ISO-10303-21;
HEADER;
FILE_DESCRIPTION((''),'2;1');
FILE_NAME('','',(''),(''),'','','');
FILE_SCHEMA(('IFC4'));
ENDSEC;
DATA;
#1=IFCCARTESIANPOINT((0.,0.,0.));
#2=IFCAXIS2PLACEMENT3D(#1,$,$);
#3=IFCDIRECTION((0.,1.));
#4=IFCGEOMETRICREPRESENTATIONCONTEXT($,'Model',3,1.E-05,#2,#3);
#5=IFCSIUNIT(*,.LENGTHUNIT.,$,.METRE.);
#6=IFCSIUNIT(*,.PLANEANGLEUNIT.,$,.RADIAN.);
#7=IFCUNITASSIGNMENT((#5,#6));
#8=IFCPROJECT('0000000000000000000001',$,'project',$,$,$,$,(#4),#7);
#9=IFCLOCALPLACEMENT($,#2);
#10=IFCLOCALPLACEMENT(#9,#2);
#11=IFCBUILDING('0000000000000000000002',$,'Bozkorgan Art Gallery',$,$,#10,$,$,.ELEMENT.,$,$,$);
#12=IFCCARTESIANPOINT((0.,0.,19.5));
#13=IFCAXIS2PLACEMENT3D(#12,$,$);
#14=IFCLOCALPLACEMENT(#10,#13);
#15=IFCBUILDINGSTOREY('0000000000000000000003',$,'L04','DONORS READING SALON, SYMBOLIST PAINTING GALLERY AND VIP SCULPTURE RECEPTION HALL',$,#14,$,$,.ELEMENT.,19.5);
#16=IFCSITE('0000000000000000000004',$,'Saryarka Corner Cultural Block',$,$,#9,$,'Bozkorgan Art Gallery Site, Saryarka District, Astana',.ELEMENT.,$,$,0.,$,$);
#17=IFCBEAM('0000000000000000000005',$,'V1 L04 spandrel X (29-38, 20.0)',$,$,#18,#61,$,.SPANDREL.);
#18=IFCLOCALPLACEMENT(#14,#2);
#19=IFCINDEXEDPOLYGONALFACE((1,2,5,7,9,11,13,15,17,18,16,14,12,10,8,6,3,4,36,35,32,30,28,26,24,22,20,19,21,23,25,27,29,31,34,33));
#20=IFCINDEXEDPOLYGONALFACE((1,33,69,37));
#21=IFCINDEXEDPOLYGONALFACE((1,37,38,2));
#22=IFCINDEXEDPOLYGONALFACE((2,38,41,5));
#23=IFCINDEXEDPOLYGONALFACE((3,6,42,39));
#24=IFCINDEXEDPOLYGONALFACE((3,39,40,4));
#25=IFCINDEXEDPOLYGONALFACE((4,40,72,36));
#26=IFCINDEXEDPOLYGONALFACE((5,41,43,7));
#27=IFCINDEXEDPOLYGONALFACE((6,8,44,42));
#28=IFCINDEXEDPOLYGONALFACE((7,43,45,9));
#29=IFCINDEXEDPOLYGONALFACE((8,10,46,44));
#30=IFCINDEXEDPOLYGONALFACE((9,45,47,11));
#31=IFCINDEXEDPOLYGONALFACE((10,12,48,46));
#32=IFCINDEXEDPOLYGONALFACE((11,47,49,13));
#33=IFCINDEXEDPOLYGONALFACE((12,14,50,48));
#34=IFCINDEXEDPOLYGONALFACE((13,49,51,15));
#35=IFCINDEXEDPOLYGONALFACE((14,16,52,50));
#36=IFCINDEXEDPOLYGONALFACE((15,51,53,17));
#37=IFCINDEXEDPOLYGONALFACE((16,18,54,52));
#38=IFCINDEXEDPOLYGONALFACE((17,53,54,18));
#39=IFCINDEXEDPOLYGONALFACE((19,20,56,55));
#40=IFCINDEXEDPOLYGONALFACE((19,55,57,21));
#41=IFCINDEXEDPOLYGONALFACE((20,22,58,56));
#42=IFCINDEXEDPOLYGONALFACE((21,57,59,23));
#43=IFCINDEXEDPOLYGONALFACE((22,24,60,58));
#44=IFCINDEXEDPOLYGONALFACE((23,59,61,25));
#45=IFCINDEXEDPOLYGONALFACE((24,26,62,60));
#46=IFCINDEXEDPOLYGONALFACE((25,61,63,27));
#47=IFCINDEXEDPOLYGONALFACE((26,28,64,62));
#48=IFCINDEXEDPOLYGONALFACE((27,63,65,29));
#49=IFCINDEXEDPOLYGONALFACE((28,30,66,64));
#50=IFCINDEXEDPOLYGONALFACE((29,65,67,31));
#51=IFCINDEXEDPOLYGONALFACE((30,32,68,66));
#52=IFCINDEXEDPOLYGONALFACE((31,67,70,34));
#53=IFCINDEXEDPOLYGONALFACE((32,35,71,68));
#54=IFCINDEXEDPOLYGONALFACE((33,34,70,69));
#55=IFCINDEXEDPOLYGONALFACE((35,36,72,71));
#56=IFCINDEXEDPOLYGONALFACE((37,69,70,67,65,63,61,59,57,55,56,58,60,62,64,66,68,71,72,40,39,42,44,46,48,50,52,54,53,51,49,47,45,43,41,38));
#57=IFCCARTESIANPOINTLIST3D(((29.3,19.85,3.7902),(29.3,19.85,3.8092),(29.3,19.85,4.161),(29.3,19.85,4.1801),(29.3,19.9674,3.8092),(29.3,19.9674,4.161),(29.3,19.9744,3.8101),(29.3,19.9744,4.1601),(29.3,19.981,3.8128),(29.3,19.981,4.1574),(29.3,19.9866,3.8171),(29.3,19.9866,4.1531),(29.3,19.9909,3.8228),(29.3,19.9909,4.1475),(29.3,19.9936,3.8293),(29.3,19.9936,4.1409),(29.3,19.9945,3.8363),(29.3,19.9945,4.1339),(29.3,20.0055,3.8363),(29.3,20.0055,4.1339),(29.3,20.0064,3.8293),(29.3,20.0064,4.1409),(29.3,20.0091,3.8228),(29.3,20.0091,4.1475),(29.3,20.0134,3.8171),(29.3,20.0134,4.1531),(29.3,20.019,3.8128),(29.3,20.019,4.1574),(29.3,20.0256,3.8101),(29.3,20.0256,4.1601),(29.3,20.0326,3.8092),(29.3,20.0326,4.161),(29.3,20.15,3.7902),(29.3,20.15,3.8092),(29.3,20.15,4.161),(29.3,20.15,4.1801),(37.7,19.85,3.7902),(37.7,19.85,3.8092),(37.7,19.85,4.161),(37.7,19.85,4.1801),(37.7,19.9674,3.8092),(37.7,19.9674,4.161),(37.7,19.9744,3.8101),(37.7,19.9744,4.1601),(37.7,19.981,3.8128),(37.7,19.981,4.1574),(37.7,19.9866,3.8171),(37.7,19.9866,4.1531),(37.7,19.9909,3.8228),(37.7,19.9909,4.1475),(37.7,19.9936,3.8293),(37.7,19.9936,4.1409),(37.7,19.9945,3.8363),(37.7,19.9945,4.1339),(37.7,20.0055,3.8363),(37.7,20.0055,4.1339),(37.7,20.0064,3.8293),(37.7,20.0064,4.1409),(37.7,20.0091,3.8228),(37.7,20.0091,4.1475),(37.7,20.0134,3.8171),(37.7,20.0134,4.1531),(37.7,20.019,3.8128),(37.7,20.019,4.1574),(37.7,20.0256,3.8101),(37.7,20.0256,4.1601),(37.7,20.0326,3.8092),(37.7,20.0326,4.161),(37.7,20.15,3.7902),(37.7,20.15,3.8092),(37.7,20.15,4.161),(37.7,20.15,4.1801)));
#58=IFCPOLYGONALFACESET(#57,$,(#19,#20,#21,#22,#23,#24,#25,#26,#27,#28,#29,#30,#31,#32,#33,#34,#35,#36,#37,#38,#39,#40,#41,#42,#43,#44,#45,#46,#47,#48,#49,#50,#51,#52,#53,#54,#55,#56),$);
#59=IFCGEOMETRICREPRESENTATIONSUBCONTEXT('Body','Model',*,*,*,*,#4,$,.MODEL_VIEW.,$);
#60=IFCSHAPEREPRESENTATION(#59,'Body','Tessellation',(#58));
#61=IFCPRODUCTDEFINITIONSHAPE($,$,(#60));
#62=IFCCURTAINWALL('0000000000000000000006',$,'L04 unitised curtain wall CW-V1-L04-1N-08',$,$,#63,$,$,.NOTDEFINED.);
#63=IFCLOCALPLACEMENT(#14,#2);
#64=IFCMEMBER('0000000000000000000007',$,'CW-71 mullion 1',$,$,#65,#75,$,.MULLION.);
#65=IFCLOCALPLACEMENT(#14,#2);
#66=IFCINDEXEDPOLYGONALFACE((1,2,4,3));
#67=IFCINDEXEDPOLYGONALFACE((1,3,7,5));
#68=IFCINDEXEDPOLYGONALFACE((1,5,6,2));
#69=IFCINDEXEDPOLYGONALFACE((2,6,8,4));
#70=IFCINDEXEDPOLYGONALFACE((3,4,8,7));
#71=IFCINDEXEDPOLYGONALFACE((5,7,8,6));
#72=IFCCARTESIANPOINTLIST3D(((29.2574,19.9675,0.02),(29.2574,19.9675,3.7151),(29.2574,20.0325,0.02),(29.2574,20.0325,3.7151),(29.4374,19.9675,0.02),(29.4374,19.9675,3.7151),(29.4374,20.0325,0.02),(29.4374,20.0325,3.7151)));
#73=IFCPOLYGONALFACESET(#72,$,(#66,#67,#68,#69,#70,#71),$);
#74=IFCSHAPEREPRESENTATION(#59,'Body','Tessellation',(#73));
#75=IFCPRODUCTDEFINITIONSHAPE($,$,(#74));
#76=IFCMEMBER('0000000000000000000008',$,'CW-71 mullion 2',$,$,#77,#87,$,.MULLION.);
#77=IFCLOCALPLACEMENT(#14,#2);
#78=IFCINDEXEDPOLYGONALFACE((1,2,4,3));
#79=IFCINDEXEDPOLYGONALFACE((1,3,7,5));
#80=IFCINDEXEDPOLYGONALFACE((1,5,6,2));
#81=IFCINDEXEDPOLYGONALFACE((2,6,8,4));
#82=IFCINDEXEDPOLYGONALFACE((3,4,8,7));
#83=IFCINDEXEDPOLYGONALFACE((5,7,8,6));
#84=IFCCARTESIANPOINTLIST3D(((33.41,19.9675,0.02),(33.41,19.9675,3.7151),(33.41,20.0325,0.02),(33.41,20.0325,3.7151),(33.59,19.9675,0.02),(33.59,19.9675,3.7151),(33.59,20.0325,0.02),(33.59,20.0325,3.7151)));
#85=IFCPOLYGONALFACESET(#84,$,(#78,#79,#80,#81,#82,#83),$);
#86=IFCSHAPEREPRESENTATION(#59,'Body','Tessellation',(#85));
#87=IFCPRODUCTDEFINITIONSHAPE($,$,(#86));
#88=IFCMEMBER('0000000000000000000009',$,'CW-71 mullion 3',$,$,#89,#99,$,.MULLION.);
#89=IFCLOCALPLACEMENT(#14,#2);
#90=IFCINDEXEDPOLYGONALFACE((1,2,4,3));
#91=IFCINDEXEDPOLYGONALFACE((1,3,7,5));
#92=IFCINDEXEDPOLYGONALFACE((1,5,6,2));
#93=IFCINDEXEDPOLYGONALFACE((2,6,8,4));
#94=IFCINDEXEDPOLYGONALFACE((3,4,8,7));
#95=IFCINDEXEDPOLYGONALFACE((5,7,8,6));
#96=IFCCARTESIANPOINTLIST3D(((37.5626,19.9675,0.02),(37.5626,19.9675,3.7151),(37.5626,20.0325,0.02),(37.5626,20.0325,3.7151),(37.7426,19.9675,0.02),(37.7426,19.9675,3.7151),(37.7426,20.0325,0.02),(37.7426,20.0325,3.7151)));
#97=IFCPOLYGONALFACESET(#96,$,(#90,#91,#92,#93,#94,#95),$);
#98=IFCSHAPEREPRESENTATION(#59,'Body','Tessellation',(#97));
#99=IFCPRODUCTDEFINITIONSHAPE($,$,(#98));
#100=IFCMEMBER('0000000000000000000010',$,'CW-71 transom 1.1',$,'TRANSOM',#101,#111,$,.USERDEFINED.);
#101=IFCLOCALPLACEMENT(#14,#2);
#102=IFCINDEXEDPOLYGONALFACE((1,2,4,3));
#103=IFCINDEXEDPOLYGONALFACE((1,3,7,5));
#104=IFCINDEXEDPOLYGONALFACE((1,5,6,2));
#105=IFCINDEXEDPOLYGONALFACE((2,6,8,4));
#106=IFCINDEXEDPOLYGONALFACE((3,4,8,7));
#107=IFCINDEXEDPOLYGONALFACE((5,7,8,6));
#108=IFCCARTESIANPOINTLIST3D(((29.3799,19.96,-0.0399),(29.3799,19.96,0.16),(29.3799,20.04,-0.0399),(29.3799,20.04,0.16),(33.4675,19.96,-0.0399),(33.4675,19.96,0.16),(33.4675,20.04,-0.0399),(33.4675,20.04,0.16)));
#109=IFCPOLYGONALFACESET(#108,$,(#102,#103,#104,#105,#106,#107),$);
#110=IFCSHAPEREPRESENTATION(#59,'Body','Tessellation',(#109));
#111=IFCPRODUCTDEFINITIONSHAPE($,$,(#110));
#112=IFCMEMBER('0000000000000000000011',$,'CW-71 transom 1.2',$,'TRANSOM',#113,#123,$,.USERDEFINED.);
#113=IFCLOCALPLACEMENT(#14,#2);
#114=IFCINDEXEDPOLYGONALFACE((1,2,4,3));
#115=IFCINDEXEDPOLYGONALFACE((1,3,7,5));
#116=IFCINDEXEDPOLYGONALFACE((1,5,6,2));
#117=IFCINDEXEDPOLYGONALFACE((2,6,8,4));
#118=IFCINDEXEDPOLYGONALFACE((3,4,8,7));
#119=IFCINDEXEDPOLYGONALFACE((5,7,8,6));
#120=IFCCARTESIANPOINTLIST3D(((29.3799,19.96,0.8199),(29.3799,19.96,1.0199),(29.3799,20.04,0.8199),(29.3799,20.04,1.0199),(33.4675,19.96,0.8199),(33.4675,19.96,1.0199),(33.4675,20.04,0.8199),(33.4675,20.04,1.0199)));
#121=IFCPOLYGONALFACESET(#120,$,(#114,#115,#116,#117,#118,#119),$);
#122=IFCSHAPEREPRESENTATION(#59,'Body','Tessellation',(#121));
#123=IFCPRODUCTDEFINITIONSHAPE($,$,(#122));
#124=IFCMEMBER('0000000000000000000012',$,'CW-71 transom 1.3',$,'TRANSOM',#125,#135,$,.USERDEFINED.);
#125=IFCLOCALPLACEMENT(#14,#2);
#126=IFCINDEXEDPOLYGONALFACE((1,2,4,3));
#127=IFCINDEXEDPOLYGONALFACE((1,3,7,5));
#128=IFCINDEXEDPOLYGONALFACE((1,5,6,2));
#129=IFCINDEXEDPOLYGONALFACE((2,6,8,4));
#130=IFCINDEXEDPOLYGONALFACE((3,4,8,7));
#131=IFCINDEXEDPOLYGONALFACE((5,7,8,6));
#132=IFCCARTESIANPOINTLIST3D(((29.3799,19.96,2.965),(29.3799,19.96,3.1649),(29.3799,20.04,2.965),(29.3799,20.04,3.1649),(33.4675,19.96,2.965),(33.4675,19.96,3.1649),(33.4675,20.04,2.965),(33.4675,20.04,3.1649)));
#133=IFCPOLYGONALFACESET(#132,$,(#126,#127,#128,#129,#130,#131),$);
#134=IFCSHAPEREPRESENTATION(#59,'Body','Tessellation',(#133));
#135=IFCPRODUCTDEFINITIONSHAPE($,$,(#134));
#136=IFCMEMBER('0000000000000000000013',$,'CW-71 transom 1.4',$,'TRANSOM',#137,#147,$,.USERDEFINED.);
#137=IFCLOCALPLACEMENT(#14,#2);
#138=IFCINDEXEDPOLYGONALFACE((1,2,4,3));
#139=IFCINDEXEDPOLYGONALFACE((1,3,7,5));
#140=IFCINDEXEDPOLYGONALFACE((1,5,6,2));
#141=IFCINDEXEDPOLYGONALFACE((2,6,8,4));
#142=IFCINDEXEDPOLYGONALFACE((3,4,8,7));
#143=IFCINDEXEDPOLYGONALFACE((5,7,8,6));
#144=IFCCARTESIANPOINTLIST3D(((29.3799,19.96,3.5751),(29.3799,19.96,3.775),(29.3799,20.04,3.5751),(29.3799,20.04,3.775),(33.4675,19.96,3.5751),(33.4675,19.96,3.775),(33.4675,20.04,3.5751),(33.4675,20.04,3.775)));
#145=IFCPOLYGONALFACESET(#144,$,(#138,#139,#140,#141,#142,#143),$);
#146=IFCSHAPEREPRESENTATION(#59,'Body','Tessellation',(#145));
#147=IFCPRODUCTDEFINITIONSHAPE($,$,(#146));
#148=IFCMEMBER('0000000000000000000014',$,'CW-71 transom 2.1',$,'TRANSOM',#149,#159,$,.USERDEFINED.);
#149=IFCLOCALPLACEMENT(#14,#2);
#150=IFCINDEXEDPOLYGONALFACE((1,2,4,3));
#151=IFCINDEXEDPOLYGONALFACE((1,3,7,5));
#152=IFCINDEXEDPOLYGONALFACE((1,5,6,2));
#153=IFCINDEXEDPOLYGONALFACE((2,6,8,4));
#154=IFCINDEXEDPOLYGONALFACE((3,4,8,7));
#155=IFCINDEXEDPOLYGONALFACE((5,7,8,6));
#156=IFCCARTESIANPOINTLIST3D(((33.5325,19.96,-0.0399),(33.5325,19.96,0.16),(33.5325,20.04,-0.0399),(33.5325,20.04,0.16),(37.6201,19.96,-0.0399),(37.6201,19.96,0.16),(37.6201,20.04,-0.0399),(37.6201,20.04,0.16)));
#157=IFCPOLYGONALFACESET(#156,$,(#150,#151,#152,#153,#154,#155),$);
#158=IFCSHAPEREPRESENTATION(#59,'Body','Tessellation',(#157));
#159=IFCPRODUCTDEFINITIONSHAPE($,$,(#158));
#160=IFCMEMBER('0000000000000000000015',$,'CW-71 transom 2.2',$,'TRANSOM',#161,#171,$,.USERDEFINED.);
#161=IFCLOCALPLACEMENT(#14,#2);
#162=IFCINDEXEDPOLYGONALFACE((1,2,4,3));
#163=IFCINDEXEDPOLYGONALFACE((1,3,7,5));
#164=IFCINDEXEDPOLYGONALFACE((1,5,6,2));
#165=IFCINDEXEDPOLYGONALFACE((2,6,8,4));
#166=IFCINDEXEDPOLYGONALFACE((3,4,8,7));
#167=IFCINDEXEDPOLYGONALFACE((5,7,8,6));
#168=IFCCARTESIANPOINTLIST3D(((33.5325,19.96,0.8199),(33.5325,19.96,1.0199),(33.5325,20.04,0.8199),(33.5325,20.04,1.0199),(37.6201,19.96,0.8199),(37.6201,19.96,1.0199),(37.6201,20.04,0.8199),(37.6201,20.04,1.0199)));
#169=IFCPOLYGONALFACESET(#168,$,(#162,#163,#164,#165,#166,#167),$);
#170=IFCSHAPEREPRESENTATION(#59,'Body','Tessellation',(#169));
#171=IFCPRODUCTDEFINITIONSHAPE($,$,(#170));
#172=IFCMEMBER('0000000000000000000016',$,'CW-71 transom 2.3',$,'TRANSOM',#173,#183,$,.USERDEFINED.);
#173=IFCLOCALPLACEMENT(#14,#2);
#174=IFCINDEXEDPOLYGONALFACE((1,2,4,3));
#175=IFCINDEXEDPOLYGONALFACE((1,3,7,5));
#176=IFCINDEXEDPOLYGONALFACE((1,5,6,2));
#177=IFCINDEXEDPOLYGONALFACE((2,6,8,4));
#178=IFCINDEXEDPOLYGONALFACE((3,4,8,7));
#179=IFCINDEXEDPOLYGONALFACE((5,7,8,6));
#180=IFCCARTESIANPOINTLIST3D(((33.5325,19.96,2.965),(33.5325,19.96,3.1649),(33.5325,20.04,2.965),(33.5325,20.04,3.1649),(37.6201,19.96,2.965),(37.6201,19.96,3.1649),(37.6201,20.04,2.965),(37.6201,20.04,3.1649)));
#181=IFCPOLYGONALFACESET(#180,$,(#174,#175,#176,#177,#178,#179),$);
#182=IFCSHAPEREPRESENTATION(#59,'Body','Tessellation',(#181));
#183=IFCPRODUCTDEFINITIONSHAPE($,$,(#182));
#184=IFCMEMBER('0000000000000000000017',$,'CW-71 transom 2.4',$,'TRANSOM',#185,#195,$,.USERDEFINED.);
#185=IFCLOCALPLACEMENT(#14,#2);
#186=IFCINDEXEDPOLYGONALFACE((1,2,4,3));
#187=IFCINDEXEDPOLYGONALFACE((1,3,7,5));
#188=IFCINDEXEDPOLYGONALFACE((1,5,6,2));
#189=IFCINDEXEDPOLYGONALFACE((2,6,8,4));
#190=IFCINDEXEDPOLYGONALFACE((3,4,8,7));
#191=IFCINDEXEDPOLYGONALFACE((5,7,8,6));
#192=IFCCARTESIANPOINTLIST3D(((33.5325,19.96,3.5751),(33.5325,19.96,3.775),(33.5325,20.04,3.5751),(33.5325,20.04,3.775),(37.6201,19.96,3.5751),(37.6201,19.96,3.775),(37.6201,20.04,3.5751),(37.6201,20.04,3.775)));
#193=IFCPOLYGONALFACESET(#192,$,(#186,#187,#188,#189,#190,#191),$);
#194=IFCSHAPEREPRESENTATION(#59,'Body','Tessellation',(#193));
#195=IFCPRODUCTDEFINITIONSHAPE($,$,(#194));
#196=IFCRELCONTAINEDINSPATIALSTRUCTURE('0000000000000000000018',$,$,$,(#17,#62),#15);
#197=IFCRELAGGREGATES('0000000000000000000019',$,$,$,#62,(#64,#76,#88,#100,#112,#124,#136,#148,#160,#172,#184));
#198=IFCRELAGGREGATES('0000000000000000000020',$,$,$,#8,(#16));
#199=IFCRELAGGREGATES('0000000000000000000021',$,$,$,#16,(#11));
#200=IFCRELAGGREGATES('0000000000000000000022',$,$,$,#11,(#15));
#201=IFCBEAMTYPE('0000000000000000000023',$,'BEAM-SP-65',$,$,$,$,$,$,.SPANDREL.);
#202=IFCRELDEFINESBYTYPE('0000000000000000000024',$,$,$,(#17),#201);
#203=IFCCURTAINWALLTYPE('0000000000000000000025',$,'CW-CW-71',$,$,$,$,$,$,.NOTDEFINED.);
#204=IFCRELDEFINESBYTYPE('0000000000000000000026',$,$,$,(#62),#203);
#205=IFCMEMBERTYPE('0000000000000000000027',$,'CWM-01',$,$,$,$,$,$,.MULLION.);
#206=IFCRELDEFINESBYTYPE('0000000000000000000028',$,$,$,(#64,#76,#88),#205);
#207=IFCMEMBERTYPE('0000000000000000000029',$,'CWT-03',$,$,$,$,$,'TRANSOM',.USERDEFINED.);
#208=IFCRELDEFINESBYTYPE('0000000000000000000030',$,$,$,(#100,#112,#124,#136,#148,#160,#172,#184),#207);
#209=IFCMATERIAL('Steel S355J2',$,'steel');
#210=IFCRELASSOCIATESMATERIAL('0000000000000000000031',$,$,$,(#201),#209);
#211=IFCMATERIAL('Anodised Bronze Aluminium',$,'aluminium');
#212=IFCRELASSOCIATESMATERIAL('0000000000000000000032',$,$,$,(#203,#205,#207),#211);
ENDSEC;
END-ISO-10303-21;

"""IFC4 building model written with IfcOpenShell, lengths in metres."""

from ifc_helpers import new_model, si_unit, direction, frame, origin, origin_2d, place, context, subcontext, project, spatial, rectangle, i_section, extrude, material, material_profile, profile_set, type_object, element, aggregate, save


model = new_model("IFC4")

# Units and contexts
model_context = context("Model", 3, precision=1e-05, world=origin(), true_north=direction((0.0, 1.0)))
body_context = subcontext(model_context, "Body", "Model", "MODEL_VIEW")
ifc_project = project(units=[si_unit("LENGTHUNIT", "METRE"), si_unit("PLANEANGLEUNIT", "RADIAN")], contexts=[model_context])

# Site, building, storey
site_placement = place(None, origin())
site = spatial("IfcSite", under=ifc_project, at=site_placement, Name="Saryarka Corner Cultural Block", LongName="Bozkorgan Art Gallery Site, Saryarka District, Astana", CompositionType="ELEMENT", RefElevation=0.0)
building_placement = place(site_placement, origin())
building = spatial("IfcBuilding", under=site, at=building_placement, Name="Bozkorgan Art Gallery", CompositionType="ELEMENT")
storey_placement = place(building_placement, frame((0.0, 0.0, 19.5)))
storey = spatial("IfcBuildingStorey", under=building, at=storey_placement, Name="L04", Description="DONORS READING SALON, SYMBOLIST PAINTING GALLERY AND VIP SCULPTURE RECEPTION HALL", CompositionType="ELEMENT", Elevation=19.5)

# Beam
ifc_material_1 = material(Name="Steel S355J2", Category="steel")
ifc_material_profile_1 = material_profile(ifc_material_1, i_section(OverallWidth=0.3, OverallDepth=0.3899, WebThickness=0.011, FlangeThickness=0.019, FilletRadius=0.0271, at=origin_2d()), Name="HEA 400")
ifc_profile_set_1 = profile_set([ifc_material_profile_1], Name="Steel S355J2")
beam_type_1 = type_object("IfcBeamType", Name="BEAM-SP-65", PredefinedType="SPANDREL", material=ifc_profile_set_1)
beam_1_placement = place(storey_placement, frame((29.3, 20.0, 3.9851), z_axis=(1.0, 0.0, 0.0), x_axis=(0.0, 1.0, 0.0)))
element("IfcBeam", 1, at=beam_1_placement, inside=storey, type_object=beam_type_1, Name="V1 L04 spandrel X (29-38, 20.0)", PredefinedType="SPANDREL", context=body_context, shape_type="SweptSolid", body=[
    extrude(i_section(OverallWidth=0.3, OverallDepth=0.3899, WebThickness=0.011, FlangeThickness=0.019, FilletRadius=0.0271, at=origin_2d()), origin(), (0.0, 0.0, 1.0), 8.3999),
])

# Curtain wall, members
ifc_material_2 = material(Name="Anodised Bronze Aluminium", Category="aluminium")
curtain_wall_type = type_object("IfcCurtainWallType", Name="CW-CW-71", PredefinedType="NOTDEFINED", material=ifc_material_2)
curtain_wall_placement = place(storey_placement, origin())
curtain_wall = element("IfcCurtainWall", 2, at=curtain_wall_placement, inside=storey, type_object=curtain_wall_type, Name="L04 unitised curtain wall CW-V1-L04-1N-08", PredefinedType="NOTDEFINED")
ifc_material_profile_2 = material_profile(ifc_material_2, rectangle(XDim=0.0649, YDim=0.1799, at=origin_2d()), Name="ALU MULLION 65x180")
ifc_profile_set_2 = profile_set([ifc_material_profile_2], Name="Anodised Bronze Aluminium")
member_type_1 = type_object("IfcMemberType", Name="CWM-01", PredefinedType="MULLION", material=ifc_profile_set_2)
member_1_placement = place(storey_placement, frame((29.3474, 20.0, 0.02), z_axis=(0.0, 0.0, 1.0), x_axis=(0.0, 1.0, 0.0)))
member_1 = element("IfcMember", 3, at=member_1_placement, type_object=member_type_1, Name="CW-71 mullion 1", PredefinedType="MULLION", context=body_context, shape_type="SweptSolid", body=[
    extrude(rectangle(XDim=0.0649, YDim=0.1799, at=origin_2d()), origin(), (0.0, 0.0, 1.0), 3.6951),
])
member_2_placement = place(storey_placement, frame((33.5, 20.0, 0.02), z_axis=(0.0, 0.0, 1.0), x_axis=(0.0, 1.0, 0.0)))
member_2 = element("IfcMember", 4, at=member_2_placement, type_object=member_type_1, Name="CW-71 mullion 2", PredefinedType="MULLION", context=body_context, shape_type="SweptSolid", body=[
    extrude(rectangle(XDim=0.0649, YDim=0.1799, at=origin_2d()), origin(), (0.0, 0.0, 1.0), 3.6951),
])
member_3_placement = place(storey_placement, frame((37.6526, 20.0, 0.02), z_axis=(0.0, 0.0, 1.0), x_axis=(0.0, 1.0, 0.0)))
member_3 = element("IfcMember", 5, at=member_3_placement, type_object=member_type_1, Name="CW-71 mullion 3", PredefinedType="MULLION", context=body_context, shape_type="SweptSolid", body=[
    extrude(rectangle(XDim=0.0649, YDim=0.1799, at=origin_2d()), origin(), (0.0, 0.0, 1.0), 3.6951),
])
ifc_material_profile_3 = material_profile(ifc_material_2, rectangle(XDim=0.0801, YDim=0.2, at=origin_2d()), Name="ALU TRANSOM 80x200")
ifc_profile_set_3 = profile_set([ifc_material_profile_3], Name="Anodised Bronze Aluminium")
member_type_2 = type_object("IfcMemberType", Name="CWT-03", ElementType="TRANSOM", PredefinedType="USERDEFINED", material=ifc_profile_set_3)
member_4_placement = place(storey_placement, frame((29.3799, 20.0, 0.0601), z_axis=(1.0, 0.0, 0.0), x_axis=(0.0, 1.0, 0.0)))
member_4 = element("IfcMember", 6, at=member_4_placement, type_object=member_type_2, Name="CW-71 transom 1.1", ObjectType="TRANSOM", PredefinedType="USERDEFINED", context=body_context, shape_type="SweptSolid", body=[
    extrude(rectangle(XDim=0.0801, YDim=0.2, at=origin_2d()), origin(), (0.0, 0.0, 1.0), 4.0876),
])
member_5_placement = place(storey_placement, frame((29.3799, 20.0, 0.9199), z_axis=(1.0, 0.0, 0.0), x_axis=(0.0, 1.0, 0.0)))
member_5 = element("IfcMember", 7, at=member_5_placement, type_object=member_type_2, Name="CW-71 transom 1.2", ObjectType="TRANSOM", PredefinedType="USERDEFINED", context=body_context, shape_type="SweptSolid", body=[
    extrude(rectangle(XDim=0.0801, YDim=0.2, at=origin_2d()), origin(), (0.0, 0.0, 1.0), 4.0876),
])
member_6_placement = place(storey_placement, frame((29.3799, 20.0, 3.0649), z_axis=(1.0, 0.0, 0.0), x_axis=(0.0, 1.0, 0.0)))
member_6 = element("IfcMember", 8, at=member_6_placement, type_object=member_type_2, Name="CW-71 transom 1.3", ObjectType="TRANSOM", PredefinedType="USERDEFINED", context=body_context, shape_type="SweptSolid", body=[
    extrude(rectangle(XDim=0.0801, YDim=0.2, at=origin_2d()), origin(), (0.0, 0.0, 1.0), 4.0876),
])
member_7_placement = place(storey_placement, frame((29.3799, 20.0, 3.675), z_axis=(1.0, 0.0, 0.0), x_axis=(0.0, 1.0, 0.0)))
member_7 = element("IfcMember", 9, at=member_7_placement, type_object=member_type_2, Name="CW-71 transom 1.4", ObjectType="TRANSOM", PredefinedType="USERDEFINED", context=body_context, shape_type="SweptSolid", body=[
    extrude(rectangle(XDim=0.0801, YDim=0.2, at=origin_2d()), origin(), (0.0, 0.0, 1.0), 4.0876),
])
member_8_placement = place(storey_placement, frame((33.5325, 20.0, 0.0601), z_axis=(1.0, 0.0, 0.0), x_axis=(0.0, 1.0, 0.0)))
member_8 = element("IfcMember", 10, at=member_8_placement, type_object=member_type_2, Name="CW-71 transom 2.1", ObjectType="TRANSOM", PredefinedType="USERDEFINED", context=body_context, shape_type="SweptSolid", body=[
    extrude(rectangle(XDim=0.0801, YDim=0.2, at=origin_2d()), origin(), (0.0, 0.0, 1.0), 4.0876),
])
member_9_placement = place(storey_placement, frame((33.5325, 20.0, 0.9199), z_axis=(1.0, 0.0, 0.0), x_axis=(0.0, 1.0, 0.0)))
member_9 = element("IfcMember", 11, at=member_9_placement, type_object=member_type_2, Name="CW-71 transom 2.2", ObjectType="TRANSOM", PredefinedType="USERDEFINED", context=body_context, shape_type="SweptSolid", body=[
    extrude(rectangle(XDim=0.0801, YDim=0.2, at=origin_2d()), origin(), (0.0, 0.0, 1.0), 4.0876),
])
member_10_placement = place(storey_placement, frame((33.5325, 20.0, 3.0649), z_axis=(1.0, 0.0, 0.0), x_axis=(0.0, 1.0, 0.0)))
member_10 = element("IfcMember", 12, at=member_10_placement, type_object=member_type_2, Name="CW-71 transom 2.3", ObjectType="TRANSOM", PredefinedType="USERDEFINED", context=body_context, shape_type="SweptSolid", body=[
    extrude(rectangle(XDim=0.0801, YDim=0.2, at=origin_2d()), origin(), (0.0, 0.0, 1.0), 4.0876),
])
member_11_placement = place(storey_placement, frame((33.5325, 20.0, 3.675), z_axis=(1.0, 0.0, 0.0), x_axis=(0.0, 1.0, 0.0)))
member_11 = element("IfcMember", 13, at=member_11_placement, type_object=member_type_2, Name="CW-71 transom 2.4", ObjectType="TRANSOM", PredefinedType="USERDEFINED", context=body_context, shape_type="SweptSolid", body=[
    extrude(rectangle(XDim=0.0801, YDim=0.2, at=origin_2d()), origin(), (0.0, 0.0, 1.0), 4.0876),
])
aggregate(curtain_wall, [member_1, member_2, member_3, member_4, member_5, member_6, member_7, member_8, member_9, member_10, member_11])

save(model, "model.ifc")
